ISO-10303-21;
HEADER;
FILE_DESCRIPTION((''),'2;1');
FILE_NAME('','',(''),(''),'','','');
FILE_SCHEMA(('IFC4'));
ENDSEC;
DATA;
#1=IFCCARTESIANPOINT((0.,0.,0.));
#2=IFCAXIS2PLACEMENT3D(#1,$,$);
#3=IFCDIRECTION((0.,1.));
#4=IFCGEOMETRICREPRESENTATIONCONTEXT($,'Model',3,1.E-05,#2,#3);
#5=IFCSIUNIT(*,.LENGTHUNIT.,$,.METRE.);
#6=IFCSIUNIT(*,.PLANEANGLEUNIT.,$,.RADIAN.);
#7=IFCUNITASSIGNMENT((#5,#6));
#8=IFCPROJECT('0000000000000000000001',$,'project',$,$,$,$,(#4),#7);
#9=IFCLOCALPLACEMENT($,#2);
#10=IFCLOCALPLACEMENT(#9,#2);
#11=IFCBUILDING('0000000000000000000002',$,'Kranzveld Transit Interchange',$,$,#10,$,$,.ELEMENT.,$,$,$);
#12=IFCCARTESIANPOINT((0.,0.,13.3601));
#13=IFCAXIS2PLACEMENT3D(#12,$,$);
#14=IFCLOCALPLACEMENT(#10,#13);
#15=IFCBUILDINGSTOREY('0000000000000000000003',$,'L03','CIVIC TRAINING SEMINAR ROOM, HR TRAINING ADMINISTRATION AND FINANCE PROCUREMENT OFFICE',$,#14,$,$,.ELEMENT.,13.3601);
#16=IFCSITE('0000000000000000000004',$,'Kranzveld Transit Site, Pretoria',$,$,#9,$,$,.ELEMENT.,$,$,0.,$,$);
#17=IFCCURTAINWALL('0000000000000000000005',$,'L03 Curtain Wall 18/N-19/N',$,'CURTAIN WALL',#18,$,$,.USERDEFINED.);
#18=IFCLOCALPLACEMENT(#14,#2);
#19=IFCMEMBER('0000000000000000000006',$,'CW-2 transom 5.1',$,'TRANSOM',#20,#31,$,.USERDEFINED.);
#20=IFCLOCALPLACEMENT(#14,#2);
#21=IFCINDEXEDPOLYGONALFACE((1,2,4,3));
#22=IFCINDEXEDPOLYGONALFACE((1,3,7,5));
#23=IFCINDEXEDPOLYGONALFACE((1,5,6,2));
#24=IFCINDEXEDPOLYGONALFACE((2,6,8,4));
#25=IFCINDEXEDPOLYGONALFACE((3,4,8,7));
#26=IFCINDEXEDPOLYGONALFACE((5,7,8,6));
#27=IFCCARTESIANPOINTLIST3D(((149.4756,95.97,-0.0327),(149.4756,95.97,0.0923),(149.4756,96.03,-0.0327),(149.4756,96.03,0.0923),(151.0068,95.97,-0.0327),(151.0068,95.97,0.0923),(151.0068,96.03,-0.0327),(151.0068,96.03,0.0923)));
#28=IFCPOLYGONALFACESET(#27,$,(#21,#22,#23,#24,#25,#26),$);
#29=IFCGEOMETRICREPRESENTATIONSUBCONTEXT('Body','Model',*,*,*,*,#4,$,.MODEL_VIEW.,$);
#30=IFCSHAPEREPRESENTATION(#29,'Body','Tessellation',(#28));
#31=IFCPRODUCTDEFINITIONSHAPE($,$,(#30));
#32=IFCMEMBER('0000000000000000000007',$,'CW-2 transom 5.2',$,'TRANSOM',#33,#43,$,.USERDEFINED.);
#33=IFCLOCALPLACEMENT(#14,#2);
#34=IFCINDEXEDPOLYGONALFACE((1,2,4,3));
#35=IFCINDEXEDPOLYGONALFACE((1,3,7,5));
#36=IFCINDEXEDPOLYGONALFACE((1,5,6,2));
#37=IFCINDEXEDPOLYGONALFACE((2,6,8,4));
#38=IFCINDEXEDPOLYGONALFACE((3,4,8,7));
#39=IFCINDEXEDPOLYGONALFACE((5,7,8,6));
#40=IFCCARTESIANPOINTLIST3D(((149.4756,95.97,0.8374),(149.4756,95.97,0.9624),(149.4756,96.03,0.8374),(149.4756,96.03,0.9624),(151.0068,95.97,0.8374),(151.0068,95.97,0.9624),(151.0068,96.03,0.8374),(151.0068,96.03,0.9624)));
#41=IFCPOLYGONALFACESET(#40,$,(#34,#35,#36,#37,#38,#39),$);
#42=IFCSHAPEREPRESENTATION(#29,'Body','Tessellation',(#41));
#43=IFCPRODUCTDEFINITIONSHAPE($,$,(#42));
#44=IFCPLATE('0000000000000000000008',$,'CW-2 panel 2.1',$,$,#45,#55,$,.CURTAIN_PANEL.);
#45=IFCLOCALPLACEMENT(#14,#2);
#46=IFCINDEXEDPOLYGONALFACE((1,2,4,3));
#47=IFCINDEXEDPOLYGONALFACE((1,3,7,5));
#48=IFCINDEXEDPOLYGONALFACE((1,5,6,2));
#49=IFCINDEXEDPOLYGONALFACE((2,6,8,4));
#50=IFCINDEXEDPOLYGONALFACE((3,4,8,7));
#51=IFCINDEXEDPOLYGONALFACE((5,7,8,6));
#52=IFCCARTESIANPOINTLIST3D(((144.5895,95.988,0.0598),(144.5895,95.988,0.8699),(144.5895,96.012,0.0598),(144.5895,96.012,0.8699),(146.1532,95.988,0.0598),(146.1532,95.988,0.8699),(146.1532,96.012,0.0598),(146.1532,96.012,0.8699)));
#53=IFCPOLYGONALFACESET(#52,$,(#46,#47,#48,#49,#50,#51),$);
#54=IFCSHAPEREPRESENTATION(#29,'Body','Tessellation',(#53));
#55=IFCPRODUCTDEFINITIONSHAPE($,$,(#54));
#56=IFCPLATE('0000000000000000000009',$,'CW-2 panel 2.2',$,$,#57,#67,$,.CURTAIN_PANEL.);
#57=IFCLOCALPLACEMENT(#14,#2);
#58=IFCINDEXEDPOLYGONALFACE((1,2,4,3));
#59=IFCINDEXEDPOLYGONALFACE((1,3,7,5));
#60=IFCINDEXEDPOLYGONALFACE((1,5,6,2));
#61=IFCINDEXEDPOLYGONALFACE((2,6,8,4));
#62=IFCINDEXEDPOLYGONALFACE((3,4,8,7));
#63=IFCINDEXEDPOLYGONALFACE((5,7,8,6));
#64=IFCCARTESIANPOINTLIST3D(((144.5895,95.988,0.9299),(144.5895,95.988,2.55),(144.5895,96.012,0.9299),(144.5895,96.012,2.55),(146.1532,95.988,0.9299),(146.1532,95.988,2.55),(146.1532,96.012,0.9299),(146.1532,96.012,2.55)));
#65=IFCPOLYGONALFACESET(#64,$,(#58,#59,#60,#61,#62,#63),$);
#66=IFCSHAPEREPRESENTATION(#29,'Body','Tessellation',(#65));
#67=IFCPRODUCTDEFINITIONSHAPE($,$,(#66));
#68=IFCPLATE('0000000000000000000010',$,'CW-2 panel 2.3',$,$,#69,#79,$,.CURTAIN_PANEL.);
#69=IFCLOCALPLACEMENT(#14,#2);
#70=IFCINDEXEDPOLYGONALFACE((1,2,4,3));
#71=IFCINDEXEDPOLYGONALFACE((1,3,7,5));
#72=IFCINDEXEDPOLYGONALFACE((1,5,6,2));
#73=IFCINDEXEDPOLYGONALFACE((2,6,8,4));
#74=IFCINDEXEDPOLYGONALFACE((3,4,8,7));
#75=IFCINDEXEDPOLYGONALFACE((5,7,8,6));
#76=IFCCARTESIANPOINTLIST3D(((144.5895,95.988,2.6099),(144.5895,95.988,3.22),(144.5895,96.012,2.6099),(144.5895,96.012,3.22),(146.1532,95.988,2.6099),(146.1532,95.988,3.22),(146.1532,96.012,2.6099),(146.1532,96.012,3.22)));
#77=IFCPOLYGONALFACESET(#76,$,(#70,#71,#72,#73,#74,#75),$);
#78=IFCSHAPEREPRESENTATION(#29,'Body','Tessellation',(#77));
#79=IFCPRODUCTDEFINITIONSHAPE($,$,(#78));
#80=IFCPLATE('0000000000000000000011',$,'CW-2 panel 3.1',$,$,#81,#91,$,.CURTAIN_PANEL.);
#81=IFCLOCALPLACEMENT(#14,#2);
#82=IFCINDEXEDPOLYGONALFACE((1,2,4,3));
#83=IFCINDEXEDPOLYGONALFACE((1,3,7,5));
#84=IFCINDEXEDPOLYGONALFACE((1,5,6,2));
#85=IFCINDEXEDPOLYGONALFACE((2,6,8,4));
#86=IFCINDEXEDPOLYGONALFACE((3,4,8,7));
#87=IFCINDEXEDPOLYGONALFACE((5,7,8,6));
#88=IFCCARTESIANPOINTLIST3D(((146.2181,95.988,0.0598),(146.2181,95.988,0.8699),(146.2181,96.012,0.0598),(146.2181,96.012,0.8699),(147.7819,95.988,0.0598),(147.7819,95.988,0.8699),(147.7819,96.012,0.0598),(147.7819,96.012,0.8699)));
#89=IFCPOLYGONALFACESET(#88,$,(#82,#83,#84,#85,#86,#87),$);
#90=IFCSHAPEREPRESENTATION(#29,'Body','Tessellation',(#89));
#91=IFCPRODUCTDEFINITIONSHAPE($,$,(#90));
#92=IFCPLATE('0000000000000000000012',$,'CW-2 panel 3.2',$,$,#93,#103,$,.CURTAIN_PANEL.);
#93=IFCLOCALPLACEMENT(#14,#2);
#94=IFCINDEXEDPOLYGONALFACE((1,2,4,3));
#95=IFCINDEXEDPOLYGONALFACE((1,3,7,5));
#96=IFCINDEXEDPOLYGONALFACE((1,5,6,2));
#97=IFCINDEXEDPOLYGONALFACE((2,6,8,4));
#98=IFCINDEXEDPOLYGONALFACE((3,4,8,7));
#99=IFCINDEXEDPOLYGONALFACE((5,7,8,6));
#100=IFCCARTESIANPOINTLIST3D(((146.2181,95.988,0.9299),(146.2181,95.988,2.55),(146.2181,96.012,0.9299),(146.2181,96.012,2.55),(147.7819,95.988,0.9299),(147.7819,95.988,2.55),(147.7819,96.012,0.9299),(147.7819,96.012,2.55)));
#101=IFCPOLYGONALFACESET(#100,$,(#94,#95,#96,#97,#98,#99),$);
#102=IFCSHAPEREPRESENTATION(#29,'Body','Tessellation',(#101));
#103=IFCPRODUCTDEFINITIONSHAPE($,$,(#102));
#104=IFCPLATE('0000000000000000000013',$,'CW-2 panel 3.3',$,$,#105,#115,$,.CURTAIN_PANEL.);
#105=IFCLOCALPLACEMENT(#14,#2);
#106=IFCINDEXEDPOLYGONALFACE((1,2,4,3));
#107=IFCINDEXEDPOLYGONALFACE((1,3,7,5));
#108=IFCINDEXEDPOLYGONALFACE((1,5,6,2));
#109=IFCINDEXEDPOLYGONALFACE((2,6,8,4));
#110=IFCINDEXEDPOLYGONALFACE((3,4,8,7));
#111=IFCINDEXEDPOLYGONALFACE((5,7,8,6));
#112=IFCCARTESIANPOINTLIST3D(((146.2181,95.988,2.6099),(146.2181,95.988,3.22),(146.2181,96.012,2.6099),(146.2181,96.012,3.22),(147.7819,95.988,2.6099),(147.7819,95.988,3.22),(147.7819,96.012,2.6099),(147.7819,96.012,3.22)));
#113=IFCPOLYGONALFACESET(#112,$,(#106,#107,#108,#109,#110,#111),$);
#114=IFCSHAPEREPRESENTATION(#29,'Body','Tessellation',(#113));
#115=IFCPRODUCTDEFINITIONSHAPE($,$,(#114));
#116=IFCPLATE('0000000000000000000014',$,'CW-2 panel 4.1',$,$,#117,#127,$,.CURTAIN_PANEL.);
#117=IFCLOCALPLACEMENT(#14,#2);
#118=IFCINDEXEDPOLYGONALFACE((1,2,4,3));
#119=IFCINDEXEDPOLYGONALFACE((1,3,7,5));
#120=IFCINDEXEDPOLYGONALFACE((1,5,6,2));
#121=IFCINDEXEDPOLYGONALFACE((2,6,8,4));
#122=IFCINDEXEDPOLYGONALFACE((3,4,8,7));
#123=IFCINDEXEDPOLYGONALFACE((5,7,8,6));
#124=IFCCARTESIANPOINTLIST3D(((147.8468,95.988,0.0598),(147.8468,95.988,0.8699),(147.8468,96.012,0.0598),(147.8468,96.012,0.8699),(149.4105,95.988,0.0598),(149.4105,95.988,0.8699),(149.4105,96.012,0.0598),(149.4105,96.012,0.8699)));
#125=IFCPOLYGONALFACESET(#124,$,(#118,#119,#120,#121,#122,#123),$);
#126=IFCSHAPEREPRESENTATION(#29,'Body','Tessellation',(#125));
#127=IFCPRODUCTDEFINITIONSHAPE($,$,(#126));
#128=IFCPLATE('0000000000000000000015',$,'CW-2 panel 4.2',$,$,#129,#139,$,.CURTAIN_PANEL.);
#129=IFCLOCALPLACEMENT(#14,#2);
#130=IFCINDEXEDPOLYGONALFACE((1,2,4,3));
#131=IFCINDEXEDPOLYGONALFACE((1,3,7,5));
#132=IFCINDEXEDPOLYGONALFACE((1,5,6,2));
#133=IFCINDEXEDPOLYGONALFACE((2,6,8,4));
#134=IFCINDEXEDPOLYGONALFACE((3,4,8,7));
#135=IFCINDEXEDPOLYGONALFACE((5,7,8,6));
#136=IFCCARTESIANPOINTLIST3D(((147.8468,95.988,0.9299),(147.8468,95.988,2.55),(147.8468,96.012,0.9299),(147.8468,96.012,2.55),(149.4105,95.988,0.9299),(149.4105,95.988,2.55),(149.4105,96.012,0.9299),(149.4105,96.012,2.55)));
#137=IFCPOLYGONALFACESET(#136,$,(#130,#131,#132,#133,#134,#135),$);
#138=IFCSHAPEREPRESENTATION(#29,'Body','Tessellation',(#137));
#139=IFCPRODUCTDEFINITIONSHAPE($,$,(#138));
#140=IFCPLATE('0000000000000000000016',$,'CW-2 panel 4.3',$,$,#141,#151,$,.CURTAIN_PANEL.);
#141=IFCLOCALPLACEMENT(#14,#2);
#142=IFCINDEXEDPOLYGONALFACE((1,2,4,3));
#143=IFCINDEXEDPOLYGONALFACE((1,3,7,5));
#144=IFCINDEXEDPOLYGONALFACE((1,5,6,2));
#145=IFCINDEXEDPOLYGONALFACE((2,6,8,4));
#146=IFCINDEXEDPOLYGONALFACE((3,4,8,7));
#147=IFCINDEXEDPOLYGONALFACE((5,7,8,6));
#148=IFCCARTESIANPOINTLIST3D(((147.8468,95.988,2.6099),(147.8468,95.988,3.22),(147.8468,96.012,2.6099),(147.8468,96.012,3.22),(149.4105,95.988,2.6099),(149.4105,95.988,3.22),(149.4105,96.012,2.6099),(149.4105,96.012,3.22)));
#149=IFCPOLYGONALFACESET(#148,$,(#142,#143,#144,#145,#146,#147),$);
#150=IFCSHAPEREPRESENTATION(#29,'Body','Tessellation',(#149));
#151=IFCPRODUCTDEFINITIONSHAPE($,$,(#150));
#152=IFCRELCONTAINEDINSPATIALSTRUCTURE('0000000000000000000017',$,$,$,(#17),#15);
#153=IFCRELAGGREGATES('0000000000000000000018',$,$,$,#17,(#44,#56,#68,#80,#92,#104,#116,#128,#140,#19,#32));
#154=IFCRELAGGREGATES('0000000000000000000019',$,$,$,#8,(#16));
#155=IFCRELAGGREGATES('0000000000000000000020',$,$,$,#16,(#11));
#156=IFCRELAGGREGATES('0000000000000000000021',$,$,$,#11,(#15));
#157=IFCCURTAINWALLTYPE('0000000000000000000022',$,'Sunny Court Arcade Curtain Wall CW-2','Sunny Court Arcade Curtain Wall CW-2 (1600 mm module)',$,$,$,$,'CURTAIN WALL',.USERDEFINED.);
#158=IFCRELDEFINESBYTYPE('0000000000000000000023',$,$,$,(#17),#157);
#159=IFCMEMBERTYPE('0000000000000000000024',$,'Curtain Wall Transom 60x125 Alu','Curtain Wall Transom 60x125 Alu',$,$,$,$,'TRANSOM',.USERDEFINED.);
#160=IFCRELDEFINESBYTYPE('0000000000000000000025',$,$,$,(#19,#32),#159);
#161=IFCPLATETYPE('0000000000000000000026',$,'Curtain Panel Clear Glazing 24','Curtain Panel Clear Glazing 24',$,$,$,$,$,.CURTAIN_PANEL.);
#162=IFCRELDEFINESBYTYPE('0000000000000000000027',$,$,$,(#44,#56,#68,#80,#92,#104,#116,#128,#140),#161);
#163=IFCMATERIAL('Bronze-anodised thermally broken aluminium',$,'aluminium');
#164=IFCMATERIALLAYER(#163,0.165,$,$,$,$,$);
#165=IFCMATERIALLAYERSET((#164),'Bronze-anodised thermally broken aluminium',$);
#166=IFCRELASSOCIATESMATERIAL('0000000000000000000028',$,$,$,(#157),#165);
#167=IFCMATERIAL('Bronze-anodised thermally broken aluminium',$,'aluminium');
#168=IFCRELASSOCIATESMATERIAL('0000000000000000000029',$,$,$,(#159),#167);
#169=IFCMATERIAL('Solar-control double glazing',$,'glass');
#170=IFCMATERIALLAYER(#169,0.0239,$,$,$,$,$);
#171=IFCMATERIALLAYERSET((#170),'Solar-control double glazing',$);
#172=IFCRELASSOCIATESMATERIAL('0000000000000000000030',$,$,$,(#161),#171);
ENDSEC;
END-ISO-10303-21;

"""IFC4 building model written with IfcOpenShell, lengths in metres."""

from ifc_helpers import new_model, si_unit, direction, frame, origin, origin_2d, place, context, subcontext, project, spatial, rectangle, extrude, material, layer, layer_set, material_profile, profile_set, type_object, element, aggregate, save


model = new_model("IFC4")

# Units and contexts
model_context = context("Model", 3, precision=1e-05, world=origin(), true_north=direction((0.0, 1.0)))
body_context = subcontext(model_context, "Body", "Model", "MODEL_VIEW")
ifc_project = project(units=[si_unit("LENGTHUNIT", "METRE"), si_unit("PLANEANGLEUNIT", "RADIAN")], contexts=[model_context])

# Site, building, storey
site_placement = place(None, origin())
site = spatial("IfcSite", under=ifc_project, at=site_placement, Name="Kranzveld Transit Site, Pretoria", CompositionType="ELEMENT", RefElevation=0.0)
building_placement = place(site_placement, origin())
building = spatial("IfcBuilding", under=site, at=building_placement, Name="Kranzveld Transit Interchange", CompositionType="ELEMENT")
storey_placement = place(building_placement, frame((0.0, 0.0, 13.3601)))
storey = spatial("IfcBuildingStorey", under=building, at=storey_placement, Name="L03", Description="CIVIC TRAINING SEMINAR ROOM, HR TRAINING ADMINISTRATION AND FINANCE PROCUREMENT OFFICE", CompositionType="ELEMENT", Elevation=13.3601)

# Curtain wall, members, plates
ifc_material_1 = material(Name="Bronze-anodised thermally broken aluminium", Category="aluminium")
ifc_layer_1 = layer(ifc_material_1, 0.165)
ifc_layer_set_1 = layer_set([ifc_layer_1], Name="Bronze-anodised thermally broken aluminium")
curtain_wall_type = type_object("IfcCurtainWallType", Name="Sunny Court Arcade Curtain Wall CW-2", Description="Sunny Court Arcade Curtain Wall CW-2 (1600 mm module)", ElementType="CURTAIN WALL", PredefinedType="USERDEFINED", material=ifc_layer_set_1)
curtain_wall_placement = place(storey_placement, origin())
curtain_wall = element("IfcCurtainWall", 1, at=curtain_wall_placement, inside=storey, type_object=curtain_wall_type, Name="L03 Curtain Wall 18/N-19/N", ObjectType="CURTAIN WALL", PredefinedType="USERDEFINED")
ifc_material_2 = material(Name="Bronze-anodised thermally broken aluminium", Category="aluminium")
ifc_material_profile_1 = material_profile(ifc_material_2, rectangle(XDim=0.0601, YDim=0.125, at=origin_2d()), Name="ALU TRANSOM 60x125")
ifc_profile_set_1 = profile_set([ifc_material_profile_1], Name="Bronze-anodised thermally broken aluminium")
member_type_1 = type_object("IfcMemberType", Name="Curtain Wall Transom 60x125 Alu", Description="Curtain Wall Transom 60x125 Alu", ElementType="TRANSOM", PredefinedType="USERDEFINED", material=ifc_profile_set_1)
member_1_placement = place(storey_placement, frame((149.4756, 96.0, 0.0298), z_axis=(1.0, 0.0, 0.0), x_axis=(0.0, 1.0, 0.0)))
member_1 = element("IfcMember", 2, at=member_1_placement, type_object=member_type_1, Name="CW-2 transom 5.1", ObjectType="TRANSOM", PredefinedType="USERDEFINED", context=body_context, shape_type="SweptSolid", body=[
    extrude(rectangle(XDim=0.0601, YDim=0.125, at=origin_2d()), origin(), (0.0, 0.0, 1.0), 1.5312),
])
member_2_placement = place(storey_placement, frame((149.4756, 96.0, 0.8999), z_axis=(1.0, 0.0, 0.0), x_axis=(0.0, 1.0, 0.0)))
member_2 = element("IfcMember", 3, at=member_2_placement, type_object=member_type_1, Name="CW-2 transom 5.2", ObjectType="TRANSOM", PredefinedType="USERDEFINED", context=body_context, shape_type="SweptSolid", body=[
    extrude(rectangle(XDim=0.0601, YDim=0.125, at=origin_2d()), origin(), (0.0, 0.0, 1.0), 1.5312),
])
ifc_material_3 = material(Name="Solar-control double glazing", Category="glass")
ifc_layer_2 = layer(ifc_material_3, 0.0239)
ifc_layer_set_2 = layer_set([ifc_layer_2], Name="Solar-control double glazing")
plate_type = type_object("IfcPlateType", Name="Curtain Panel Clear Glazing 24", Description="Curtain Panel Clear Glazing 24", PredefinedType="CURTAIN_PANEL", material=ifc_layer_set_2)
plate_1_placement = place(storey_placement, frame((145.3713, 96.0, 0.0598), z_axis=(0.0, 0.0, 1.0), x_axis=(1.0, 0.0, 0.0)))
plate_1 = element("IfcPlate", 4, at=plate_1_placement, type_object=plate_type, Name="CW-2 panel 2.1", PredefinedType="CURTAIN_PANEL", context=body_context, shape_type="SweptSolid", body=[
    extrude(rectangle(XDim=1.5637, YDim=0.0239, at=origin_2d()), origin(), (0.0, 0.0, 1.0), 0.8101),
])
plate_2_placement = place(storey_placement, frame((145.3713, 96.0, 0.9299), z_axis=(0.0, 0.0, 1.0), x_axis=(1.0, 0.0, 0.0)))
plate_2 = element("IfcPlate", 5, at=plate_2_placement, type_object=plate_type, Name="CW-2 panel 2.2", PredefinedType="CURTAIN_PANEL", context=body_context, shape_type="SweptSolid", body=[
    extrude(rectangle(XDim=1.5637, YDim=0.0239, at=origin_2d()), origin(), (0.0, 0.0, 1.0), 1.6201),
])
plate_3_placement = place(storey_placement, frame((145.3713, 96.0, 2.6099), z_axis=(0.0, 0.0, 1.0), x_axis=(1.0, 0.0, 0.0)))
plate_3 = element("IfcPlate", 6, at=plate_3_placement, type_object=plate_type, Name="CW-2 panel 2.3", PredefinedType="CURTAIN_PANEL", context=body_context, shape_type="SweptSolid", body=[
    extrude(rectangle(XDim=1.5637, YDim=0.0239, at=origin_2d()), origin(), (0.0, 0.0, 1.0), 0.6101),
])
plate_4_placement = place(storey_placement, frame((147.0, 96.0, 0.0598), z_axis=(0.0, 0.0, 1.0), x_axis=(1.0, 0.0, 0.0)))
plate_4 = element("IfcPlate", 7, at=plate_4_placement, type_object=plate_type, Name="CW-2 panel 3.1", PredefinedType="CURTAIN_PANEL", context=body_context, shape_type="SweptSolid", body=[
    extrude(rectangle(XDim=1.5637, YDim=0.0239, at=origin_2d()), origin(), (0.0, 0.0, 1.0), 0.8101),
])
plate_5_placement = place(storey_placement, frame((147.0, 96.0, 0.9299), z_axis=(0.0, 0.0, 1.0), x_axis=(1.0, 0.0, 0.0)))
plate_5 = element("IfcPlate", 8, at=plate_5_placement, type_object=plate_type, Name="CW-2 panel 3.2", PredefinedType="CURTAIN_PANEL", context=body_context, shape_type="SweptSolid", body=[
    extrude(rectangle(XDim=1.5637, YDim=0.0239, at=origin_2d()), origin(), (0.0, 0.0, 1.0), 1.6201),
])
plate_6_placement = place(storey_placement, frame((147.0, 96.0, 2.6099), z_axis=(0.0, 0.0, 1.0), x_axis=(1.0, 0.0, 0.0)))
plate_6 = element("IfcPlate", 9, at=plate_6_placement, type_object=plate_type, Name="CW-2 panel 3.3", PredefinedType="CURTAIN_PANEL", context=body_context, shape_type="SweptSolid", body=[
    extrude(rectangle(XDim=1.5637, YDim=0.0239, at=origin_2d()), origin(), (0.0, 0.0, 1.0), 0.6101),
])
plate_7_placement = place(storey_placement, frame((148.6287, 96.0, 0.0598), z_axis=(0.0, 0.0, 1.0), x_axis=(1.0, 0.0, 0.0)))
plate_7 = element("IfcPlate", 10, at=plate_7_placement, type_object=plate_type, Name="CW-2 panel 4.1", PredefinedType="CURTAIN_PANEL", context=body_context, shape_type="SweptSolid", body=[
    extrude(rectangle(XDim=1.5637, YDim=0.0239, at=origin_2d()), origin(), (0.0, 0.0, 1.0), 0.8101),
])
plate_8_placement = place(storey_placement, frame((148.6287, 96.0, 0.9299), z_axis=(0.0, 0.0, 1.0), x_axis=(1.0, 0.0, 0.0)))
plate_8 = element("IfcPlate", 11, at=plate_8_placement, type_object=plate_type, Name="CW-2 panel 4.2", PredefinedType="CURTAIN_PANEL", context=body_context, shape_type="SweptSolid", body=[
    extrude(rectangle(XDim=1.5637, YDim=0.0239, at=origin_2d()), origin(), (0.0, 0.0, 1.0), 1.6201),
])
plate_9_placement = place(storey_placement, frame((148.6287, 96.0, 2.6099), z_axis=(0.0, 0.0, 1.0), x_axis=(1.0, 0.0, 0.0)))
plate_9 = element("IfcPlate", 12, at=plate_9_placement, type_object=plate_type, Name="CW-2 panel 4.3", PredefinedType="CURTAIN_PANEL", context=body_context, shape_type="SweptSolid", body=[
    extrude(rectangle(XDim=1.5637, YDim=0.0239, at=origin_2d()), origin(), (0.0, 0.0, 1.0), 0.6101),
])
aggregate(curtain_wall, [plate_1, plate_2, plate_3, plate_4, plate_5, plate_6, plate_7, plate_8, plate_9, member_1, member_2])

save(model, "model.ifc")
